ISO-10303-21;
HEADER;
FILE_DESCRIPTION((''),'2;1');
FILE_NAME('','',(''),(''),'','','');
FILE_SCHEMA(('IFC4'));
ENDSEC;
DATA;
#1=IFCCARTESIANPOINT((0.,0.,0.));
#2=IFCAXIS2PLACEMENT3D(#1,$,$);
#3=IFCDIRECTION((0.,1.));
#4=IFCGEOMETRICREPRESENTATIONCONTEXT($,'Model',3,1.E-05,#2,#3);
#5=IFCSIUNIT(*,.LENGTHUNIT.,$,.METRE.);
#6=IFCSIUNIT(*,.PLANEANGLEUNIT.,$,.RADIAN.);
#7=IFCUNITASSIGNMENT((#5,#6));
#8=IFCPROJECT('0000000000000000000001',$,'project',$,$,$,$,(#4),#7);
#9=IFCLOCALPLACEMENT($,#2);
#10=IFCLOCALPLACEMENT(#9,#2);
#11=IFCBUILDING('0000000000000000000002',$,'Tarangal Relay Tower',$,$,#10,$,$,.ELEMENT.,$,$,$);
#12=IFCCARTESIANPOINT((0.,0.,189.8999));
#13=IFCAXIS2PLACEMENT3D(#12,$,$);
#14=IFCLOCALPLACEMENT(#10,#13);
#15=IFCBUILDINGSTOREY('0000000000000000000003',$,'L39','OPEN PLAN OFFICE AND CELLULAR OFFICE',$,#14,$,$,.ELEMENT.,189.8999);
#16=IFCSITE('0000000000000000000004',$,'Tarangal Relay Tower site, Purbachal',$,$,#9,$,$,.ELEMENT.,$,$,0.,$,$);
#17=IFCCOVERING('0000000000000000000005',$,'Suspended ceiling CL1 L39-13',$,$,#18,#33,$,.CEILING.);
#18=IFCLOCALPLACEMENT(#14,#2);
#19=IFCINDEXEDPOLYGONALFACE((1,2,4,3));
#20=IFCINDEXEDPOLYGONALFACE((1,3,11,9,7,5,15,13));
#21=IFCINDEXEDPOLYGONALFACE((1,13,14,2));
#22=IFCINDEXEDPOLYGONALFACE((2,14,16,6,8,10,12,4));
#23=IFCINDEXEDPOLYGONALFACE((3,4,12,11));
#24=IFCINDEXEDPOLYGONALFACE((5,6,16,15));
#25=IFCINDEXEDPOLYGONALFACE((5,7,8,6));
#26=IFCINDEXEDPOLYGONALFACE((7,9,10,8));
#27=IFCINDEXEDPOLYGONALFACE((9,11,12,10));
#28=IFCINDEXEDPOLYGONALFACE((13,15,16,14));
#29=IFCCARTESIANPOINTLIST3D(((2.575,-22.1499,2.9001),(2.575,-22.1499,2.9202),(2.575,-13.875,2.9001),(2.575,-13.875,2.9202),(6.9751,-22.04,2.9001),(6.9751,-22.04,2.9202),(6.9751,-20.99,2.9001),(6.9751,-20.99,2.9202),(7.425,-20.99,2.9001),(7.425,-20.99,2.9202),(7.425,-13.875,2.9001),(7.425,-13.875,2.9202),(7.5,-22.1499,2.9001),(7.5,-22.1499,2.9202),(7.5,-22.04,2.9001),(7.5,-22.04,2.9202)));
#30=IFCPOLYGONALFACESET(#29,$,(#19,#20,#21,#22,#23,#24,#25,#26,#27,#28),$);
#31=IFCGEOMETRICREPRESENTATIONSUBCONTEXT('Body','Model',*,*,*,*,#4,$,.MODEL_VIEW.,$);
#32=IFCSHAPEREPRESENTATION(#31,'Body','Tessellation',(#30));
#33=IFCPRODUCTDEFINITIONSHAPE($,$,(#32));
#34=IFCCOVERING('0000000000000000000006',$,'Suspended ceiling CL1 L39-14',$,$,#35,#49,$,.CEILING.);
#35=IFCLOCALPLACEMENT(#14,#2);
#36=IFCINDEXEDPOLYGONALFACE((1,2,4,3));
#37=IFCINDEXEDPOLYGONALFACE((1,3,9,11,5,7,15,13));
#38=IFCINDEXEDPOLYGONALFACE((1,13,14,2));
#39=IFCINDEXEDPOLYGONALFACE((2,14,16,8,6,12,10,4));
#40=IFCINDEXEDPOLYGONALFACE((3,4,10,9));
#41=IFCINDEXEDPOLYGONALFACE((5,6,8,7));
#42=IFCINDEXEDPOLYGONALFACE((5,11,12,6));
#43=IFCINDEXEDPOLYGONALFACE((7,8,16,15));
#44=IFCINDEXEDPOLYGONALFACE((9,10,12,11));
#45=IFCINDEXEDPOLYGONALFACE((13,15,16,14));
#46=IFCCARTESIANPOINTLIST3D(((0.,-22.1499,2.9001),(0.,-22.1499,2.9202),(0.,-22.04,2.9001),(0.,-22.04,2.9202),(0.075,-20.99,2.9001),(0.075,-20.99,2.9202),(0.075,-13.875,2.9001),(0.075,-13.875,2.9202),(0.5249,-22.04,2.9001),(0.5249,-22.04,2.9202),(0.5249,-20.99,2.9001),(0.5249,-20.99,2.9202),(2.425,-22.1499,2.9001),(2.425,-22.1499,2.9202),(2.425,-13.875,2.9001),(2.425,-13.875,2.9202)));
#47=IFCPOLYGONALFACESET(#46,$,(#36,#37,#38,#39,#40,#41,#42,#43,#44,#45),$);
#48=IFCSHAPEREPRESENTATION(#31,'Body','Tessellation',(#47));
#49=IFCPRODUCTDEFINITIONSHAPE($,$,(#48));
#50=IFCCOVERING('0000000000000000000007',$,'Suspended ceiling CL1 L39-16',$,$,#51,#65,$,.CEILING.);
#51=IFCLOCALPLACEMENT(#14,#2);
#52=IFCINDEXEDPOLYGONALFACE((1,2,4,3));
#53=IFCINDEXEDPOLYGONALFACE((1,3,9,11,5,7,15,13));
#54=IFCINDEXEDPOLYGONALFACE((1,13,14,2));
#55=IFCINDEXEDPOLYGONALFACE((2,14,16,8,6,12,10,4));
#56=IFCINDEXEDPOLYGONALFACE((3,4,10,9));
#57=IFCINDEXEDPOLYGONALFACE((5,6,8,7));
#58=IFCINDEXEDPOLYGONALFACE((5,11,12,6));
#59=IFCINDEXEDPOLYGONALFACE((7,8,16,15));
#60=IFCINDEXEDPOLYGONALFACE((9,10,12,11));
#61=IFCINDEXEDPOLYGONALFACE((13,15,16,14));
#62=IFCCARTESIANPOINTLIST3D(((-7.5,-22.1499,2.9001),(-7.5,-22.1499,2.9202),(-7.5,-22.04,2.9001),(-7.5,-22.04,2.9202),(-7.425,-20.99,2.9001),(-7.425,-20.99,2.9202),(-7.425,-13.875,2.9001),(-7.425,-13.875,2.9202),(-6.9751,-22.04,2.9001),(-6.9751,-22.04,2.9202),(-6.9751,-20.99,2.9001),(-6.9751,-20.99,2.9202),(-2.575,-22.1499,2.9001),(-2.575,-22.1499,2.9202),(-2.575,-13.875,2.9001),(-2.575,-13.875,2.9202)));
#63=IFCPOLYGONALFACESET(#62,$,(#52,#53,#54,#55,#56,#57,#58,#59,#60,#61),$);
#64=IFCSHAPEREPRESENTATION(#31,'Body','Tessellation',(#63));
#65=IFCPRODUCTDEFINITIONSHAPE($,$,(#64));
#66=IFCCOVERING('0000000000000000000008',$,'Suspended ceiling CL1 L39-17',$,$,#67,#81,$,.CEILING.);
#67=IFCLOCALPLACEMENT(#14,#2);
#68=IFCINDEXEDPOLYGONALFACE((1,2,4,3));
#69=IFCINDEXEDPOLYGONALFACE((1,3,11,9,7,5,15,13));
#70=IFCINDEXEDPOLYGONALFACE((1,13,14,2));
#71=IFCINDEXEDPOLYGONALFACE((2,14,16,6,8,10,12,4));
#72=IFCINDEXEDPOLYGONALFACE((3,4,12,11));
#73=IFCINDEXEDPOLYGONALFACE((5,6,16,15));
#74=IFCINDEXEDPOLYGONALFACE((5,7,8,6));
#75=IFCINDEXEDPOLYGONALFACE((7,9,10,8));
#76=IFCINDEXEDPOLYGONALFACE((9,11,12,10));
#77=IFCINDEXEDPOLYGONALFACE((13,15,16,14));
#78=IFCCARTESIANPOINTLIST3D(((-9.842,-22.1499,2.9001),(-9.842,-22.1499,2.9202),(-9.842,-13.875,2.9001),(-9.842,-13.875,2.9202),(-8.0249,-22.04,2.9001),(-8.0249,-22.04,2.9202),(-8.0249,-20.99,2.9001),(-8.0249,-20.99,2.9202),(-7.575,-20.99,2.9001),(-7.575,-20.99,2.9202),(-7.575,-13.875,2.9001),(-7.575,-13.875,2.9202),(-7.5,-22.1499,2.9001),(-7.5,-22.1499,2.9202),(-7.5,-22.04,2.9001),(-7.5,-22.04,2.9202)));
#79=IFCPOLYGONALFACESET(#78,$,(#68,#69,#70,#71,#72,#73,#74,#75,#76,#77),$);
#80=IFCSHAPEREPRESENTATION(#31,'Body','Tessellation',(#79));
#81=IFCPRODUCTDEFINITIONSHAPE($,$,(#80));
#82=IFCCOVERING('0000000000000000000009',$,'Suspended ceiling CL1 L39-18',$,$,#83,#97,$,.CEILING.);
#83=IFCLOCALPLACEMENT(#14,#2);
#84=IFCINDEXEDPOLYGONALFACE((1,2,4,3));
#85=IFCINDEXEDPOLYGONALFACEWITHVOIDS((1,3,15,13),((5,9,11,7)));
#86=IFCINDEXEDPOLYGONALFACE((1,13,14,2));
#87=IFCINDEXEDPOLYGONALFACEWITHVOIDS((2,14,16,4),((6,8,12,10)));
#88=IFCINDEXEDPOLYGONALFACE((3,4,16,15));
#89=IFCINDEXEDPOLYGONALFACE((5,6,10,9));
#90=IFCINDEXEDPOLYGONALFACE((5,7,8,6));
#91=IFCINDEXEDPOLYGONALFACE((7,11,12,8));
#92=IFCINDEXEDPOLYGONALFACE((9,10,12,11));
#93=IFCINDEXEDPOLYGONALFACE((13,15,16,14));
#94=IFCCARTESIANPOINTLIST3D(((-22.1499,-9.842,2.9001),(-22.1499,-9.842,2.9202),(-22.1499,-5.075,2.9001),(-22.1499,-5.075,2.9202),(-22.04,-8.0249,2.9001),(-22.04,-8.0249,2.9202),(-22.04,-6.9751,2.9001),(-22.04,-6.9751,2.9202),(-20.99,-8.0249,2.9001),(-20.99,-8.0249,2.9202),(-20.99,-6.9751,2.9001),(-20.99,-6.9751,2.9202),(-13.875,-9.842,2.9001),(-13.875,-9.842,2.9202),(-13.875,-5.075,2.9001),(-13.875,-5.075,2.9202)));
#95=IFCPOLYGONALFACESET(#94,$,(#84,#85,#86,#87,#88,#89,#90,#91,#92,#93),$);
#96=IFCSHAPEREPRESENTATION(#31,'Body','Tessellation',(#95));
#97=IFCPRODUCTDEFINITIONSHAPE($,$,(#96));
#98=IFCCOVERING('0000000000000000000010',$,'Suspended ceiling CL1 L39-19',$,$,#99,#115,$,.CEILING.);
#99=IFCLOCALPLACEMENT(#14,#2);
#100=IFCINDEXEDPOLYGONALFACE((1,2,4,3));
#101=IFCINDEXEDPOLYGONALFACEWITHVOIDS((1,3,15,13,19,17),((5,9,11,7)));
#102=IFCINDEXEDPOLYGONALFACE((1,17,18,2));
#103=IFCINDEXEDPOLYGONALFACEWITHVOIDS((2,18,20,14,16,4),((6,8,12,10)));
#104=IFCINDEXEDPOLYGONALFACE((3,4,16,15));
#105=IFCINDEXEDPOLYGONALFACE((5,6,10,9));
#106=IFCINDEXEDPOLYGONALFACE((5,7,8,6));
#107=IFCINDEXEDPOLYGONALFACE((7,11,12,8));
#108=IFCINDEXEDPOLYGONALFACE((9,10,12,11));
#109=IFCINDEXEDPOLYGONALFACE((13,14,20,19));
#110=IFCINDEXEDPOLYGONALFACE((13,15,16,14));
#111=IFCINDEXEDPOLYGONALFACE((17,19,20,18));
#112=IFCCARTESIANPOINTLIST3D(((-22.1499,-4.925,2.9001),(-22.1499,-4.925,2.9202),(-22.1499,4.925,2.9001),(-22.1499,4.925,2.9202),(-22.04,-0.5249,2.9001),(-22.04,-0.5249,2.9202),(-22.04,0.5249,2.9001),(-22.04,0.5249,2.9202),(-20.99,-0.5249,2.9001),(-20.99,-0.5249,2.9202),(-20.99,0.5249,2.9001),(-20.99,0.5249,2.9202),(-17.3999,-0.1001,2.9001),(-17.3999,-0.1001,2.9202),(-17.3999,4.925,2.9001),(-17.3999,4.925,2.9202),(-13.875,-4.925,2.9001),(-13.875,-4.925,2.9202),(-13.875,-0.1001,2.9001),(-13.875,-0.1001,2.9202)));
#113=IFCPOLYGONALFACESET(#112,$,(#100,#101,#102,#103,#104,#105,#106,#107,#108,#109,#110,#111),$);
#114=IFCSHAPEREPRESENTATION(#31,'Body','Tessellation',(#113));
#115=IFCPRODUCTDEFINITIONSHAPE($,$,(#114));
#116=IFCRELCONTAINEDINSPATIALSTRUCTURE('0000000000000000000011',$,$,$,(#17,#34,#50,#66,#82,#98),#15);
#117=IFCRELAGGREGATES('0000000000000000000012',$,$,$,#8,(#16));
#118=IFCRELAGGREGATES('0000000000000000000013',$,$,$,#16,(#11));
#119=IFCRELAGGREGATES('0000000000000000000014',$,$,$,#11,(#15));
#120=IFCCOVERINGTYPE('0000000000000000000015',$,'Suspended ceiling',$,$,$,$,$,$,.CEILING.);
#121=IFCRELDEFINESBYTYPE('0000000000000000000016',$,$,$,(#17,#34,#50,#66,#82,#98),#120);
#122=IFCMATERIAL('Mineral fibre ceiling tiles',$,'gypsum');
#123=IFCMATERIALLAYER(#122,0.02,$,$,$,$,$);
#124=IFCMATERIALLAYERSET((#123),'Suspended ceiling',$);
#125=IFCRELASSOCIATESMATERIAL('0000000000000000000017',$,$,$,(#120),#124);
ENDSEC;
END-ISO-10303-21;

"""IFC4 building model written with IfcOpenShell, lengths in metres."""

from ifc_helpers import new_model, si_unit, direction, frame, origin, place, context, subcontext, project, spatial, polyline, outline, extrude, material, layer, layer_set, type_object, element, save


model = new_model("IFC4")

# Units and contexts
model_context = context("Model", 3, precision=1e-05, world=origin(), true_north=direction((0.0, 1.0)))
body_context = subcontext(model_context, "Body", "Model", "MODEL_VIEW")
ifc_project = project(units=[si_unit("LENGTHUNIT", "METRE"), si_unit("PLANEANGLEUNIT", "RADIAN")], contexts=[model_context])

# Site, building, storey
site_placement = place(None, origin())
site = spatial("IfcSite", under=ifc_project, at=site_placement, Name="Tarangal Relay Tower site, Purbachal", CompositionType="ELEMENT", RefElevation=0.0)
building_placement = place(site_placement, origin())
building = spatial("IfcBuilding", under=site, at=building_placement, Name="Tarangal Relay Tower", CompositionType="ELEMENT")
storey_placement = place(building_placement, frame((0.0, 0.0, 189.8999)))
storey = spatial("IfcBuildingStorey", under=building, at=storey_placement, Name="L39", Description="OPEN PLAN OFFICE AND CELLULAR OFFICE", CompositionType="ELEMENT", Elevation=189.8999)

# Coverings
ifc_material_1 = material(Name="Mineral fibre ceiling tiles", Category="gypsum")
ifc_layer_1 = layer(ifc_material_1, 0.02)
ifc_layer_set_1 = layer_set([ifc_layer_1], Name="Suspended ceiling")
covering_type_1 = type_object("IfcCoveringType", Name="Suspended ceiling", PredefinedType="CEILING", material=ifc_layer_set_1)
covering_1_placement = place(storey_placement, frame((0.0, 0.0, 2.9001)))
element("IfcCovering", 1, at=covering_1_placement, inside=storey, type_object=covering_type_1, Name="Suspended ceiling CL1 L39-13", PredefinedType="CEILING", context=body_context, shape_type="SweptSolid", body=[
    extrude(outline(polyline([(2.575, -22.1499), (7.5, -22.1499), (7.5, -22.04), (6.9751, -22.04), (6.9751, -20.99), (7.425, -20.99), (7.425, -13.875), (2.575, -13.875), (2.575, -22.1499)])), origin(), (0.0, 0.0, 1.0), 0.02),
])
covering_2_placement = place(storey_placement, frame((0.0, 0.0, 2.9001)))
element("IfcCovering", 2, at=covering_2_placement, inside=storey, type_object=covering_type_1, Name="Suspended ceiling CL1 L39-14", PredefinedType="CEILING", context=body_context, shape_type="SweptSolid", body=[
    extrude(outline(polyline([(0.0, -22.1499), (2.425, -22.1499), (2.425, -13.875), (0.075, -13.875), (0.075, -20.99), (0.5249, -20.99), (0.5249, -22.04), (0.0, -22.04), (0.0, -22.1499)])), origin(), (0.0, 0.0, 1.0), 0.02),
])
covering_3_placement = place(storey_placement, frame((0.0, 0.0, 2.9001)))
element("IfcCovering", 3, at=covering_3_placement, inside=storey, type_object=covering_type_1, Name="Suspended ceiling CL1 L39-16", PredefinedType="CEILING", context=body_context, shape_type="SweptSolid", body=[
    extrude(outline(polyline([(-7.5, -22.1499), (-2.575, -22.1499), (-2.575, -13.875), (-7.425, -13.875), (-7.425, -20.99), (-6.9751, -20.99), (-6.9751, -22.04), (-7.5, -22.04), (-7.5, -22.1499)])), origin(), (0.0, 0.0, 1.0), 0.02),
])
covering_4_placement = place(storey_placement, frame((0.0, 0.0, 2.9001)))
element("IfcCovering", 4, at=covering_4_placement, inside=storey, type_object=covering_type_1, Name="Suspended ceiling CL1 L39-17", PredefinedType="CEILING", context=body_context, shape_type="SweptSolid", body=[
    extrude(outline(polyline([(-9.842, -22.1499), (-7.5, -22.1499), (-7.5, -22.04), (-8.0249, -22.04), (-8.0249, -20.99), (-7.575, -20.99), (-7.575, -13.875), (-9.842, -13.875), (-9.842, -22.1499)])), origin(), (0.0, 0.0, 1.0), 0.02),
])
covering_5_placement = place(storey_placement, frame((0.0, 0.0, 2.9001)))
element("IfcCovering", 5, at=covering_5_placement, inside=storey, type_object=covering_type_1, Name="Suspended ceiling CL1 L39-18", PredefinedType="CEILING", context=body_context, shape_type="SweptSolid", body=[
    extrude(outline(polyline([(-22.1499, -5.075), (-22.1499, -9.842), (-13.875, -9.842), (-13.875, -5.075), (-22.1499, -5.075)]), holes=[polyline([(-20.99, -6.9751), (-22.04, -6.9751), (-22.04, -8.0249), (-20.99, -8.0249), (-20.99, -6.9751)])]), origin(), (0.0, 0.0, 1.0), 0.02),
])
covering_6_placement = place(storey_placement, frame((0.0, 0.0, 2.9001)))
element("IfcCovering", 6, at=covering_6_placement, inside=storey, type_object=covering_type_1, Name="Suspended ceiling CL1 L39-19", PredefinedType="CEILING", context=body_context, shape_type="SweptSolid", body=[
    extrude(outline(polyline([(-22.1499, 4.925), (-22.1499, -4.925), (-13.875, -4.925), (-13.875, -0.1001), (-17.3999, -0.1001), (-17.3999, 4.925), (-22.1499, 4.925)]), holes=[polyline([(-20.99, 0.5249), (-22.04, 0.5249), (-22.04, -0.5249), (-20.99, -0.5249), (-20.99, 0.5249)])]), origin(), (0.0, 0.0, 1.0), 0.02),
])

save(model, "model.ifc")
